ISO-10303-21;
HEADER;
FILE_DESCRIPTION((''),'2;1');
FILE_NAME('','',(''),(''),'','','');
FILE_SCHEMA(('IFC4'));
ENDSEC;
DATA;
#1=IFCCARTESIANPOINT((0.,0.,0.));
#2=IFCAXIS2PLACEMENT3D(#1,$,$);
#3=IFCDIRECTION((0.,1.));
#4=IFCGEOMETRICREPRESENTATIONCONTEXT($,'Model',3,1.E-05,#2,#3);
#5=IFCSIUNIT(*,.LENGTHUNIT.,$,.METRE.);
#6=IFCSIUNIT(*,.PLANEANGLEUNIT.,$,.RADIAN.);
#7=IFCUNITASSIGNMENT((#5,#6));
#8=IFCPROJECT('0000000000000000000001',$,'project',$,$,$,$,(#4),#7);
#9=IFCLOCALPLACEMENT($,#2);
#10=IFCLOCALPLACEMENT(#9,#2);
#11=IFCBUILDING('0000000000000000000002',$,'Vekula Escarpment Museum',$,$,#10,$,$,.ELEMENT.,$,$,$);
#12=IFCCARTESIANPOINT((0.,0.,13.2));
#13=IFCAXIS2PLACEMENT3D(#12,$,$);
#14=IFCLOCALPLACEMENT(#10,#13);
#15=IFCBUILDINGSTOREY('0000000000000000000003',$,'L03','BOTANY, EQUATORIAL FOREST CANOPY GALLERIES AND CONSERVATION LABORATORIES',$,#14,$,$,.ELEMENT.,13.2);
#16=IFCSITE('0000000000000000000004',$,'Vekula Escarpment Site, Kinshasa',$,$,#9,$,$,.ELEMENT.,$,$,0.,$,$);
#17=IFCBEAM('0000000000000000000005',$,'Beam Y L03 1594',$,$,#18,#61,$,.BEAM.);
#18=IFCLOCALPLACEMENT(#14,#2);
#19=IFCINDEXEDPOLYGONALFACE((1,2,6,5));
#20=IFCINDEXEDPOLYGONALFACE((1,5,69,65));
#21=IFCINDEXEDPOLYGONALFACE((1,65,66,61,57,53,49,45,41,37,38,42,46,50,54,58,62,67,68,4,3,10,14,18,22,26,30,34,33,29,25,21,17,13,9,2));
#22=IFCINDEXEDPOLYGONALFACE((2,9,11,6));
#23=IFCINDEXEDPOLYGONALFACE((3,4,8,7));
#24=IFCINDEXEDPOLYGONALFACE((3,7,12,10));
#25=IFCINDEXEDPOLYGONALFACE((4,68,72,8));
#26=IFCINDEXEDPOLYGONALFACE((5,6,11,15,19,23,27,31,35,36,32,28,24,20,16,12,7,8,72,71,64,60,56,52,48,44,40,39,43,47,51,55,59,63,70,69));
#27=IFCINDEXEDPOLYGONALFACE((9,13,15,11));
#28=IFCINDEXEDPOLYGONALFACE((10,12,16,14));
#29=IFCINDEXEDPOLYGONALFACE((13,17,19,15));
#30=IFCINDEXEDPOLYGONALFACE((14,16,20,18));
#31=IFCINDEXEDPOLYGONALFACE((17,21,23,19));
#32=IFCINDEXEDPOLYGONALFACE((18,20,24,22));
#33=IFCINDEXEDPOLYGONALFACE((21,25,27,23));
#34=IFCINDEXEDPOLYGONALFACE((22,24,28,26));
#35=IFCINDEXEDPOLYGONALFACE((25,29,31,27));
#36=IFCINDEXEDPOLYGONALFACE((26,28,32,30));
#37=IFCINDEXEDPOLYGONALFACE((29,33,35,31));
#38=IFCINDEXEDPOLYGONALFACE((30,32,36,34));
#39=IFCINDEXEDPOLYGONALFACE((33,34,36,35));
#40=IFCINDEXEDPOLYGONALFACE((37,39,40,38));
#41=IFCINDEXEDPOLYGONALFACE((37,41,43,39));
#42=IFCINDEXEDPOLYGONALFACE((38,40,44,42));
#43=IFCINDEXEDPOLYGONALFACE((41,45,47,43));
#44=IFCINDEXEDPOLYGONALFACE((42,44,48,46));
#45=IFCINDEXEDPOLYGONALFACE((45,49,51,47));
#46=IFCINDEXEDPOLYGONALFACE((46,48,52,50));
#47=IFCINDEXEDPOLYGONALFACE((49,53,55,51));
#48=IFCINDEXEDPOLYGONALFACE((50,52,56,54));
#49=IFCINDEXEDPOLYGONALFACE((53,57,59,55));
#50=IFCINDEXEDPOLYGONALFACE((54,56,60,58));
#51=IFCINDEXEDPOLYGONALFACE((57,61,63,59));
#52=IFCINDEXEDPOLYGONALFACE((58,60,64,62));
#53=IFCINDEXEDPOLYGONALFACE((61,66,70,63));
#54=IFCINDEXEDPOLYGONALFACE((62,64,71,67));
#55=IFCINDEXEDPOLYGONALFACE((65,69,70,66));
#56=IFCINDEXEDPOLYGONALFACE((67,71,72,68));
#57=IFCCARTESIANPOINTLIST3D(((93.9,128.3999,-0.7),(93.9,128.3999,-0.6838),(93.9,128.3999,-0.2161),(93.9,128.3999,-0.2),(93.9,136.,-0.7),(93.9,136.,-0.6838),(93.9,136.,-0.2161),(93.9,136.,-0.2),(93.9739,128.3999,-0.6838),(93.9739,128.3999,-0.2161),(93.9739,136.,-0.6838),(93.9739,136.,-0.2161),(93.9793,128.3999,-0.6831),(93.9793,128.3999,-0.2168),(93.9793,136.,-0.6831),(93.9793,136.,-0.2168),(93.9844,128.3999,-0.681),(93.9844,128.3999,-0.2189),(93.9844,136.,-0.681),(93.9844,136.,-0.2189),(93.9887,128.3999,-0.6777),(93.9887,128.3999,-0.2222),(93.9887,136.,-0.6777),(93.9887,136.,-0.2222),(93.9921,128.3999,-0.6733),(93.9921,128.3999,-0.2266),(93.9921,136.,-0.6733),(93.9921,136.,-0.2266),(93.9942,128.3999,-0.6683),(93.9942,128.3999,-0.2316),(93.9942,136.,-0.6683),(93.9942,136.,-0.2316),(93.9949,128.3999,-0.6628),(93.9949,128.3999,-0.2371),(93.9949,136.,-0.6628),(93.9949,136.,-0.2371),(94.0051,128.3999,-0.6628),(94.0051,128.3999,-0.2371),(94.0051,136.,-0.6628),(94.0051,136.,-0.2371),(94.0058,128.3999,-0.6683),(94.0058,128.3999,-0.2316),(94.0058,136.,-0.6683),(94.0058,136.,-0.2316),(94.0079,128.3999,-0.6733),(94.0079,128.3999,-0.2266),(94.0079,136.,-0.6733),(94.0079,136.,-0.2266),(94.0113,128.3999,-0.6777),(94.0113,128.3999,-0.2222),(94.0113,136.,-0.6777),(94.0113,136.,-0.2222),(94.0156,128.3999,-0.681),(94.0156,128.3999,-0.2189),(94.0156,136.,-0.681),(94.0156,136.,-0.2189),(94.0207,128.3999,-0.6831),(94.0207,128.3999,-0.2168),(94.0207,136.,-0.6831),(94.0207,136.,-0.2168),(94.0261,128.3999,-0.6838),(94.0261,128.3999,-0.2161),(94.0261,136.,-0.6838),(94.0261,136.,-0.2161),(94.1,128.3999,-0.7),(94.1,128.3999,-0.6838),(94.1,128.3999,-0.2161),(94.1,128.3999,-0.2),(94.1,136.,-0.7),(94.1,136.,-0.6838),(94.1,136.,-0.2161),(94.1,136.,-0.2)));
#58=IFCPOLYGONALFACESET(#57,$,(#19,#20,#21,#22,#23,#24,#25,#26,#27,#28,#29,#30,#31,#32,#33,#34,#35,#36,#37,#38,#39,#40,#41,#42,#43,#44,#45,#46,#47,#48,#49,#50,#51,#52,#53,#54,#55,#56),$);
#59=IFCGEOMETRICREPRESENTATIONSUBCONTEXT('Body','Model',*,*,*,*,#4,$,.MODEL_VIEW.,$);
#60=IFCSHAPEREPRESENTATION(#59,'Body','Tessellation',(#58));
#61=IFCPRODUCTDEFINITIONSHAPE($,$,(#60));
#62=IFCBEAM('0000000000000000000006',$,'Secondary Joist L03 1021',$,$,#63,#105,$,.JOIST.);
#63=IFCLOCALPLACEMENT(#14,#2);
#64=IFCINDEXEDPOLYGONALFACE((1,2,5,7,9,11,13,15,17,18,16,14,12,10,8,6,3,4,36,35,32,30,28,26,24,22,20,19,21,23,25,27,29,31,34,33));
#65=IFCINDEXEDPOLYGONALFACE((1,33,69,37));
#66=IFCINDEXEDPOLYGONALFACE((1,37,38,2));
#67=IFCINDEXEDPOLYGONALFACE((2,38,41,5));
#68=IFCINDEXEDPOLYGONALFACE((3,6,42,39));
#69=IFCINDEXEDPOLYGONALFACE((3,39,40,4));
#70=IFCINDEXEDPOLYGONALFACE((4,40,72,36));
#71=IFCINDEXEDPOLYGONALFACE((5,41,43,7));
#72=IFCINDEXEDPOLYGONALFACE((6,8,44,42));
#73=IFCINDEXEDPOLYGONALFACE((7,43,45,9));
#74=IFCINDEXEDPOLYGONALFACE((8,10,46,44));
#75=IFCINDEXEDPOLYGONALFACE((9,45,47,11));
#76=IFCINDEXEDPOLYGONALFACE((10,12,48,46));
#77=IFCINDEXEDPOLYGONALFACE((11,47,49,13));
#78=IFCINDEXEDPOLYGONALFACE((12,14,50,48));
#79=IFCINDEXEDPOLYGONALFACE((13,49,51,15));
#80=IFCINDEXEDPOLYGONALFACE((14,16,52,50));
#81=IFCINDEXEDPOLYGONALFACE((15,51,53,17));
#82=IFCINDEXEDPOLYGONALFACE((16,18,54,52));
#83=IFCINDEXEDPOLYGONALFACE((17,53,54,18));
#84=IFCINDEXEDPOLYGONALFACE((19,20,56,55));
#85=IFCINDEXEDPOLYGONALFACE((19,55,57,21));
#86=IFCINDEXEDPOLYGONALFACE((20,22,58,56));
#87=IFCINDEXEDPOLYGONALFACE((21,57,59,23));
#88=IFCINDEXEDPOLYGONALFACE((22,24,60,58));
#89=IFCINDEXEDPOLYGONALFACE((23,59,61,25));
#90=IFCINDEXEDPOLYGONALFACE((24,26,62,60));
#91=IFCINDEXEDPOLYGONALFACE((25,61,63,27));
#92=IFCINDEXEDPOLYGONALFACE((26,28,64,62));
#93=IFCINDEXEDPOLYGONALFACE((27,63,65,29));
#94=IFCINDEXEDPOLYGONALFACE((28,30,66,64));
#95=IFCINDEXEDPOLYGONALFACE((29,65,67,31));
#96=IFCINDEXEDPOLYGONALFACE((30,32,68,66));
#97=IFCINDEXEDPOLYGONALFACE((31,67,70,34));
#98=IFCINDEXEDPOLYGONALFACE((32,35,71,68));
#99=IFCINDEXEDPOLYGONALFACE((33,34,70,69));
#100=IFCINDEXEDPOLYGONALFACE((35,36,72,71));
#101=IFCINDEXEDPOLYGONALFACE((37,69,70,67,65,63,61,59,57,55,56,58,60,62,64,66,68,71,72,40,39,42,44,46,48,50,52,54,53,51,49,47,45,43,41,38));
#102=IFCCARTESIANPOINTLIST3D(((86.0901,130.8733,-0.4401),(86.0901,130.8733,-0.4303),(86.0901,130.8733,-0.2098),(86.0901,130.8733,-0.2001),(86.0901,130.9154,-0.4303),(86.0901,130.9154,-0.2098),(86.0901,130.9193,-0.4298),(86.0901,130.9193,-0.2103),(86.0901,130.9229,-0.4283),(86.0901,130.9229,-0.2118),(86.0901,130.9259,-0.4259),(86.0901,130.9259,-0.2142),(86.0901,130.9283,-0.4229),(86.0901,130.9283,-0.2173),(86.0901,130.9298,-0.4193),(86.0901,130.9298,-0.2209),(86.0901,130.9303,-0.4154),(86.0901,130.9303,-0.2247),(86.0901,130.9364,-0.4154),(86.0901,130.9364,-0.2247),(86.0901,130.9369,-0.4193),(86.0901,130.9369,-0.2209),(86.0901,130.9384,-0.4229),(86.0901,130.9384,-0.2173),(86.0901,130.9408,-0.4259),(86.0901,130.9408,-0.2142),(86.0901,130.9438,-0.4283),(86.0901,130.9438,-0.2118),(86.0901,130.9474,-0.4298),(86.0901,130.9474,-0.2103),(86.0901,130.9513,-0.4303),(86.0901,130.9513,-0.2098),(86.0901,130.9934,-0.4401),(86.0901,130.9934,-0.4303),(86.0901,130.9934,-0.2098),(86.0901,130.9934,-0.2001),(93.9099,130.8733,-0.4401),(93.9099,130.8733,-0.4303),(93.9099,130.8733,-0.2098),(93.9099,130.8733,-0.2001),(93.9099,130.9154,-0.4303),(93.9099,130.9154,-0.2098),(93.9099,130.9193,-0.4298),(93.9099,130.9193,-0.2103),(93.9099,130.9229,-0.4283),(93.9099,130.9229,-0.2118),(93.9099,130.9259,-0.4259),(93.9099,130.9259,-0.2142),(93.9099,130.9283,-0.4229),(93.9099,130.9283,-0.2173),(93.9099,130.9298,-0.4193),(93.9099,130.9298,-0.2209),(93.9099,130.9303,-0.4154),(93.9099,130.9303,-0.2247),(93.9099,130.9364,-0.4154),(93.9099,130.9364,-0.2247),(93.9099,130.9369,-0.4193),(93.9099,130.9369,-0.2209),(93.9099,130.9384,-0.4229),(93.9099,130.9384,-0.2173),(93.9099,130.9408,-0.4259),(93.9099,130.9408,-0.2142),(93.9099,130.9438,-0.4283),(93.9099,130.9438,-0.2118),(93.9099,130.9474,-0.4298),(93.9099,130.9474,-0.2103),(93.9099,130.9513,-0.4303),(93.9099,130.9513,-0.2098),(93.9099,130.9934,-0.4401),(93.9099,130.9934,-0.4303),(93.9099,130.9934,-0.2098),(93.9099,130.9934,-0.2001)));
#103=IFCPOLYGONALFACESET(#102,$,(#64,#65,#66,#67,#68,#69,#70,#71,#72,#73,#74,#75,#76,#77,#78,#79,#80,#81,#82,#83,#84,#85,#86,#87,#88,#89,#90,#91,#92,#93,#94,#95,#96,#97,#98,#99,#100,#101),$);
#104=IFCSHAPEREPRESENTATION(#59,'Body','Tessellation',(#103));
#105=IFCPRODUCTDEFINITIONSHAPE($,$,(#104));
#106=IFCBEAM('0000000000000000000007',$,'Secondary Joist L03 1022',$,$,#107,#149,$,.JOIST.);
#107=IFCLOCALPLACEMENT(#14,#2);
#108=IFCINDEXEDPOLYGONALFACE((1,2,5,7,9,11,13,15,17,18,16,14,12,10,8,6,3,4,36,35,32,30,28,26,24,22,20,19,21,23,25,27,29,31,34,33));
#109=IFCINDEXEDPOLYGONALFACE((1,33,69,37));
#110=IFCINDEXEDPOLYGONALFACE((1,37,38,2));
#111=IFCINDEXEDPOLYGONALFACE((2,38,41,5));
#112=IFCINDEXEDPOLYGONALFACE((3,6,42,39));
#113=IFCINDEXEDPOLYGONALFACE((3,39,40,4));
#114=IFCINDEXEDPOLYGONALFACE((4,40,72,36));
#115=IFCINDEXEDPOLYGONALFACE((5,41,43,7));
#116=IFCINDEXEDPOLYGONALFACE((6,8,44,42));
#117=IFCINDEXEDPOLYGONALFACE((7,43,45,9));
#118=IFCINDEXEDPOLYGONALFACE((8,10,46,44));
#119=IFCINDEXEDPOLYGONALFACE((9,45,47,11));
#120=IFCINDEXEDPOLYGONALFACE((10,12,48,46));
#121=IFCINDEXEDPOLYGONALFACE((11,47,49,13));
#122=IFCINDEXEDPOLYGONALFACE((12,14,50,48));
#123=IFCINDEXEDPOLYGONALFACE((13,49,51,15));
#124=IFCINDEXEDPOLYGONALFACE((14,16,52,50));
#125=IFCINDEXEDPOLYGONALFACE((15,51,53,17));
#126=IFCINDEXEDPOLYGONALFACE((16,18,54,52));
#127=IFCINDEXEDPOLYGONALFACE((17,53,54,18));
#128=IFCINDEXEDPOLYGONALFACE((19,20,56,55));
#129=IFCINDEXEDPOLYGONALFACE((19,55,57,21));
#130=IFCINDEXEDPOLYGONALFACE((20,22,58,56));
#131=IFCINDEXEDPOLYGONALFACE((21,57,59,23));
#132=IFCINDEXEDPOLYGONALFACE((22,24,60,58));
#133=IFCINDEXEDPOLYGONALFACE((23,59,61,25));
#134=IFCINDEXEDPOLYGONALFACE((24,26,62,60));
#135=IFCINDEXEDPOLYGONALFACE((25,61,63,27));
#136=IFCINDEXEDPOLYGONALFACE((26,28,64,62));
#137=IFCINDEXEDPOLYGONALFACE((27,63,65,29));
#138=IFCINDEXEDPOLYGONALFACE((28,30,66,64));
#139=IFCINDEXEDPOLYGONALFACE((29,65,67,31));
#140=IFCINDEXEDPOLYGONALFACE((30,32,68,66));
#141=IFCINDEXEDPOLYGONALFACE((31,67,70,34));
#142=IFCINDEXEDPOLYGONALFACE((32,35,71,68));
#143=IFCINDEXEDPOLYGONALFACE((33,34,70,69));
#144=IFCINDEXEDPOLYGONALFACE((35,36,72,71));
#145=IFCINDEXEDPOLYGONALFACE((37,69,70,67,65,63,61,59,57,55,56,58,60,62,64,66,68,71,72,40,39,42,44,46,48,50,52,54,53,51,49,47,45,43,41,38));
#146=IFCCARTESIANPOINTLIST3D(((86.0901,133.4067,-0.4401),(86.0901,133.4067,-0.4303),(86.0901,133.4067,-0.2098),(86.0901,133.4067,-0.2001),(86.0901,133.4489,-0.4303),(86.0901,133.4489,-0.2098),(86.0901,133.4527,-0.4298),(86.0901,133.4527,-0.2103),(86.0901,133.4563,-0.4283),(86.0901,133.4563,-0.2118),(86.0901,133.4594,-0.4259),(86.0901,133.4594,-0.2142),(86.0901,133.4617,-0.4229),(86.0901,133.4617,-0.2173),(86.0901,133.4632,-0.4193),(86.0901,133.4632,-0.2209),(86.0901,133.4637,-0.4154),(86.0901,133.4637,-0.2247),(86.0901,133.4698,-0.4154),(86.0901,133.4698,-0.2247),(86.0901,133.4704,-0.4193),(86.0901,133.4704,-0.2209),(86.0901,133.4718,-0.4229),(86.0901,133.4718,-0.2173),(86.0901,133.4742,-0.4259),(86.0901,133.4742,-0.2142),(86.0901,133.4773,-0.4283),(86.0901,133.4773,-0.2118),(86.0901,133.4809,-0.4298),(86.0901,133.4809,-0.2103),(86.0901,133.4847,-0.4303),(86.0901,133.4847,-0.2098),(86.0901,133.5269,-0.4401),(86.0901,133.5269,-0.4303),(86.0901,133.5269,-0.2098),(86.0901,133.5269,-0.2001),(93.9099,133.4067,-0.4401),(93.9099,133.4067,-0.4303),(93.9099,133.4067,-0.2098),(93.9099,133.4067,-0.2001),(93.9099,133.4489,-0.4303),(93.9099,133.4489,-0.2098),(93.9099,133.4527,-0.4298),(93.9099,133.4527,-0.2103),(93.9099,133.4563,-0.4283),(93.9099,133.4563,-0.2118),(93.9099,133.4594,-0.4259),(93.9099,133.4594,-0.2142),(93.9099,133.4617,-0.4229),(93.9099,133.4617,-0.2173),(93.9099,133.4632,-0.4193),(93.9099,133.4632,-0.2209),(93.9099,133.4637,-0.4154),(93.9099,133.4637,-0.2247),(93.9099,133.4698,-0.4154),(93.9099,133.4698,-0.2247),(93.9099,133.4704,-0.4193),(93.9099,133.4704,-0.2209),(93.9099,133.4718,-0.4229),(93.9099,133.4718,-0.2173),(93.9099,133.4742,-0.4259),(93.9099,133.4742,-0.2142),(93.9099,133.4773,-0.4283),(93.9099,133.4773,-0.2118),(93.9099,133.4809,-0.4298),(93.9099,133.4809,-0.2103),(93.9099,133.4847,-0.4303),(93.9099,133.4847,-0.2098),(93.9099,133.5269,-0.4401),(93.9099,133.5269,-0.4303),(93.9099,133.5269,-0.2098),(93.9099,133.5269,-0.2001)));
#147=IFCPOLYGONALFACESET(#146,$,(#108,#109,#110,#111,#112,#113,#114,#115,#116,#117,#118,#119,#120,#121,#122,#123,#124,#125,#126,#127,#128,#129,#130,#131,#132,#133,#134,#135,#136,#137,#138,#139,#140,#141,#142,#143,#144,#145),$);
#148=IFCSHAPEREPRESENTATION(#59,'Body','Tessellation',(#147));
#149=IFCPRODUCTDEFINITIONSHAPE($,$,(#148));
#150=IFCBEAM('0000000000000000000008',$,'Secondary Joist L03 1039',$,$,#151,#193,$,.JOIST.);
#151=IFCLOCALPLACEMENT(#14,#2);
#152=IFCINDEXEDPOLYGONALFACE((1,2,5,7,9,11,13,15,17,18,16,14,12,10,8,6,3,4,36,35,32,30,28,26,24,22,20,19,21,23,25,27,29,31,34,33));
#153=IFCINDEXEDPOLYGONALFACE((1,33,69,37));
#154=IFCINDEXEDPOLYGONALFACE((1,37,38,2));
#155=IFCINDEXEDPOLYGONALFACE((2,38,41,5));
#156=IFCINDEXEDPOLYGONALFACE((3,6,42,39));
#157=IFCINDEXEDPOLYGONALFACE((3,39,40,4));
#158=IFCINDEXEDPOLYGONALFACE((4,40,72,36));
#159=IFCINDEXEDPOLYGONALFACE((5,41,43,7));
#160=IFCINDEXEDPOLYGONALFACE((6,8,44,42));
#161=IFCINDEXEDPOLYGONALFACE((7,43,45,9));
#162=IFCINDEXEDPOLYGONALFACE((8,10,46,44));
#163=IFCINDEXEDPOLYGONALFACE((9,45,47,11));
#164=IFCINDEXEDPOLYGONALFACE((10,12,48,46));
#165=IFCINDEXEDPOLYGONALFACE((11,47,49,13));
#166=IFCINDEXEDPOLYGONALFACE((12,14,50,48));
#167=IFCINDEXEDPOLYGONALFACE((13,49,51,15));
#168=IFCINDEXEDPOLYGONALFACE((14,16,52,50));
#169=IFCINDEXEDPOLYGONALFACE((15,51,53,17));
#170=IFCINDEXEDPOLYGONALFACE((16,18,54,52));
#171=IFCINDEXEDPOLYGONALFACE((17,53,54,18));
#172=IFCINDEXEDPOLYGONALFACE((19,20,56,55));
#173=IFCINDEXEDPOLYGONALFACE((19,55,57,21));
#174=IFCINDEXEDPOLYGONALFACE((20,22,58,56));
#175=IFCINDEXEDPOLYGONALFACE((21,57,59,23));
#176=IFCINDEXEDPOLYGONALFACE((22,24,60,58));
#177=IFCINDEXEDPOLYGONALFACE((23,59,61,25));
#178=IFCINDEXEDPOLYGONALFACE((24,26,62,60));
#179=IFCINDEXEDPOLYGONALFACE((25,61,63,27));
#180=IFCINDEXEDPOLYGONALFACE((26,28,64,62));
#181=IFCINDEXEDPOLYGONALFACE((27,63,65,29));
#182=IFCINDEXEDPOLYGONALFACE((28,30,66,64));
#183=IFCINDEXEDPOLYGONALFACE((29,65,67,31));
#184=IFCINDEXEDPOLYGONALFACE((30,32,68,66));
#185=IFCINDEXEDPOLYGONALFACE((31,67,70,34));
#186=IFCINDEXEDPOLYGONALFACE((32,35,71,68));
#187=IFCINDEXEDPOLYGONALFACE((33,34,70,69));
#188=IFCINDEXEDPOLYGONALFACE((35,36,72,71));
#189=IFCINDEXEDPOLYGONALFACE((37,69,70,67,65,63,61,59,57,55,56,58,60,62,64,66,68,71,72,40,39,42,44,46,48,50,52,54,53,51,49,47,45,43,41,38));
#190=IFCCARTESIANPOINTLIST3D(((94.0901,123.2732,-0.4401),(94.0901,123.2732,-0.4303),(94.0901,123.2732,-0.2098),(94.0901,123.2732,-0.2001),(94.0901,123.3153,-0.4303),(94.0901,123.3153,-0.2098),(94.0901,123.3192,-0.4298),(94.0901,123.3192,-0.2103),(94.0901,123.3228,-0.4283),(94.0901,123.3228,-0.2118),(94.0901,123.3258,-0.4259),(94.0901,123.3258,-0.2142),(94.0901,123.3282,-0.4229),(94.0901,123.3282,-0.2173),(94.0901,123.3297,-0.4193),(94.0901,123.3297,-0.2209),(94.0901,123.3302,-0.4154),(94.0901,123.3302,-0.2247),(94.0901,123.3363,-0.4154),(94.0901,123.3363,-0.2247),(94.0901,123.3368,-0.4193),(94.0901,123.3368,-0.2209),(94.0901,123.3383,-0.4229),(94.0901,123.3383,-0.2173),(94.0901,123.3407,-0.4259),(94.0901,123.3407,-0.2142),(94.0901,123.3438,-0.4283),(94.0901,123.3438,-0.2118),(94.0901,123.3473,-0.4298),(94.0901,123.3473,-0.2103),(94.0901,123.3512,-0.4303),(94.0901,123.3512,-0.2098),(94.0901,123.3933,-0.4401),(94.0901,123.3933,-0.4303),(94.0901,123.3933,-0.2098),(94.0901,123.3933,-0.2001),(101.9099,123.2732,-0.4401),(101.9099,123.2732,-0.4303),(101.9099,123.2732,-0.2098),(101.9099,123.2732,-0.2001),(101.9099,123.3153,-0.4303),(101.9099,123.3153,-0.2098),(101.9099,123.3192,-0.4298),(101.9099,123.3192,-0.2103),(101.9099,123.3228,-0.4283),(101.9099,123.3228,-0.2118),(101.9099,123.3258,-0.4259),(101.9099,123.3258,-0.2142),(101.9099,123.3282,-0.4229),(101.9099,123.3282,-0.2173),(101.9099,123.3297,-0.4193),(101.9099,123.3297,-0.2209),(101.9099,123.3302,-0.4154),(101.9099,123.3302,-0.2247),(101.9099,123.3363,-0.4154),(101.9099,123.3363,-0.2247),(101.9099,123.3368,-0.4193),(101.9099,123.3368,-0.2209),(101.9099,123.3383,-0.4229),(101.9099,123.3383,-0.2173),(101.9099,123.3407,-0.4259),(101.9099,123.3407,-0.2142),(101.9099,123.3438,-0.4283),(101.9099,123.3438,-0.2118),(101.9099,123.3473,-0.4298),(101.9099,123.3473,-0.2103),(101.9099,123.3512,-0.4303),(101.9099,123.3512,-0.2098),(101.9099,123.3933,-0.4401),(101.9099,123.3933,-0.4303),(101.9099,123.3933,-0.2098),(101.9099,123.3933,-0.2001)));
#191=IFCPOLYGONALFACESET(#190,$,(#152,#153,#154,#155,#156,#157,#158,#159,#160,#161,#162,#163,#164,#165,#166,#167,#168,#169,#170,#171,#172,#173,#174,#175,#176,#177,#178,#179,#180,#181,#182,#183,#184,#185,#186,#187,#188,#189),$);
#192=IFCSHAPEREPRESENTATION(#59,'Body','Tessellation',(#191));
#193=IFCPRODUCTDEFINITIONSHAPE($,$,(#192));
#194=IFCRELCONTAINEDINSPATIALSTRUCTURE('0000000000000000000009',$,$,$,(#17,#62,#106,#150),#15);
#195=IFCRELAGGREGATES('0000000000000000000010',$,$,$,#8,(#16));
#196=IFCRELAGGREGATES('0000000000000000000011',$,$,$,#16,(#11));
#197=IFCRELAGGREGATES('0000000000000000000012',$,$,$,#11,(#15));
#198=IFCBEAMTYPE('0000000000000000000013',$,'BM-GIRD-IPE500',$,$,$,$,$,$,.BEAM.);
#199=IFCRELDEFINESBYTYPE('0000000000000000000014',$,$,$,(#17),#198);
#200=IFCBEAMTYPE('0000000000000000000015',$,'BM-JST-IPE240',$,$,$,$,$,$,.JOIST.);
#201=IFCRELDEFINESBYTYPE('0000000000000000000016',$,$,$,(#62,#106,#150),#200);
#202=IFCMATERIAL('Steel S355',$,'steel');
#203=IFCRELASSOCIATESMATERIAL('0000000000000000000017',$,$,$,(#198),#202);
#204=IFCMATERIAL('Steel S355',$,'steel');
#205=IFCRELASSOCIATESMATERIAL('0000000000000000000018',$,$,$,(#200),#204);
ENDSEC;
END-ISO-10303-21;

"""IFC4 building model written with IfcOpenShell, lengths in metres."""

from ifc_helpers import new_model, si_unit, direction, frame, origin, origin_2d, place, context, subcontext, project, spatial, i_section, extrude, material, material_profile, profile_set, type_object, element, save


model = new_model("IFC4")

# Units and contexts
model_context = context("Model", 3, precision=1e-05, world=origin(), true_north=direction((0.0, 1.0)))
body_context = subcontext(model_context, "Body", "Model", "MODEL_VIEW")
ifc_project = project(units=[si_unit("LENGTHUNIT", "METRE"), si_unit("PLANEANGLEUNIT", "RADIAN")], contexts=[model_context])

# Site, building, storey
site_placement = place(None, origin())
site = spatial("IfcSite", under=ifc_project, at=site_placement, Name="Vekula Escarpment Site, Kinshasa", CompositionType="ELEMENT", RefElevation=0.0)
building_placement = place(site_placement, origin())
building = spatial("IfcBuilding", under=site, at=building_placement, Name="Vekula Escarpment Museum", CompositionType="ELEMENT")
storey_placement = place(building_placement, frame((0.0, 0.0, 13.2)))
storey = spatial("IfcBuildingStorey", under=building, at=storey_placement, Name="L03", Description="BOTANY, EQUATORIAL FOREST CANOPY GALLERIES AND CONSERVATION LABORATORIES", CompositionType="ELEMENT", Elevation=13.2)

# Beams
ifc_material_1 = material(Name="Steel S355", Category="steel")
ifc_material_profile_1 = material_profile(ifc_material_1, i_section(OverallWidth=0.2, OverallDepth=0.5, WebThickness=0.0103, FlangeThickness=0.0161, FilletRadius=0.021, at=origin_2d()), Name="IPE 500")
ifc_profile_set_1 = profile_set([ifc_material_profile_1], Name="Steel S355")
beam_type_1 = type_object("IfcBeamType", Name="BM-GIRD-IPE500", PredefinedType="BEAM", material=ifc_profile_set_1)
beam_1_placement = place(storey_placement, frame((94.0, 128.3999, -0.45), z_axis=(0.0, 1.0, 0.0), x_axis=(-1.0, 0.0, 0.0)))
element("IfcBeam", 1, at=beam_1_placement, inside=storey, type_object=beam_type_1, Name="Beam Y L03 1594", PredefinedType="BEAM", context=body_context, shape_type="SweptSolid", body=[
    extrude(i_section(OverallWidth=0.2, OverallDepth=0.5, WebThickness=0.0103, FlangeThickness=0.0161, FilletRadius=0.021, at=origin_2d()), origin(), (0.0, 0.0, 1.0), 7.6001),
])
ifc_material_2 = material(Name="Steel S355", Category="steel")
ifc_material_profile_2 = material_profile(ifc_material_2, i_section(OverallWidth=0.1201, OverallDepth=0.24, WebThickness=0.0061, FlangeThickness=0.0098, FilletRadius=0.0149, at=origin_2d()), Name="IPE 240")
ifc_profile_set_2 = profile_set([ifc_material_profile_2], Name="Steel S355")
beam_type_2 = type_object("IfcBeamType", Name="BM-JST-IPE240", PredefinedType="JOIST", material=ifc_profile_set_2)
for number, where, z_axis, x_axis, name in (
    (2, (86.0901, 130.9333, -0.3201), (1.0, 0.0, 0.0), (0.0, 1.0, 0.0), "Secondary Joist L03 1021"),
    (3, (86.0901, 133.4668, -0.3201), (1.0, 0.0, 0.0), (0.0, 1.0, 0.0), "Secondary Joist L03 1022"),
    (4, (94.0901, 123.3333, -0.3201), (1.0, 0.0, 0.0), (0.0, 1.0, 0.0), "Secondary Joist L03 1039"),
):
    element("IfcBeam", number, at=place(storey_placement, frame(where, z_axis=z_axis, x_axis=x_axis)), inside=storey, type_object=beam_type_2, Name=name, PredefinedType="JOIST", context=body_context, shape_type="SweptSolid", body=[
        extrude(i_section(OverallWidth=0.1201, OverallDepth=0.24, WebThickness=0.0061, FlangeThickness=0.0098, FilletRadius=0.0149, at=origin_2d()), origin(), (0.0, 0.0, 1.0), 7.8198),
    ])

save(model, "model.ifc")
